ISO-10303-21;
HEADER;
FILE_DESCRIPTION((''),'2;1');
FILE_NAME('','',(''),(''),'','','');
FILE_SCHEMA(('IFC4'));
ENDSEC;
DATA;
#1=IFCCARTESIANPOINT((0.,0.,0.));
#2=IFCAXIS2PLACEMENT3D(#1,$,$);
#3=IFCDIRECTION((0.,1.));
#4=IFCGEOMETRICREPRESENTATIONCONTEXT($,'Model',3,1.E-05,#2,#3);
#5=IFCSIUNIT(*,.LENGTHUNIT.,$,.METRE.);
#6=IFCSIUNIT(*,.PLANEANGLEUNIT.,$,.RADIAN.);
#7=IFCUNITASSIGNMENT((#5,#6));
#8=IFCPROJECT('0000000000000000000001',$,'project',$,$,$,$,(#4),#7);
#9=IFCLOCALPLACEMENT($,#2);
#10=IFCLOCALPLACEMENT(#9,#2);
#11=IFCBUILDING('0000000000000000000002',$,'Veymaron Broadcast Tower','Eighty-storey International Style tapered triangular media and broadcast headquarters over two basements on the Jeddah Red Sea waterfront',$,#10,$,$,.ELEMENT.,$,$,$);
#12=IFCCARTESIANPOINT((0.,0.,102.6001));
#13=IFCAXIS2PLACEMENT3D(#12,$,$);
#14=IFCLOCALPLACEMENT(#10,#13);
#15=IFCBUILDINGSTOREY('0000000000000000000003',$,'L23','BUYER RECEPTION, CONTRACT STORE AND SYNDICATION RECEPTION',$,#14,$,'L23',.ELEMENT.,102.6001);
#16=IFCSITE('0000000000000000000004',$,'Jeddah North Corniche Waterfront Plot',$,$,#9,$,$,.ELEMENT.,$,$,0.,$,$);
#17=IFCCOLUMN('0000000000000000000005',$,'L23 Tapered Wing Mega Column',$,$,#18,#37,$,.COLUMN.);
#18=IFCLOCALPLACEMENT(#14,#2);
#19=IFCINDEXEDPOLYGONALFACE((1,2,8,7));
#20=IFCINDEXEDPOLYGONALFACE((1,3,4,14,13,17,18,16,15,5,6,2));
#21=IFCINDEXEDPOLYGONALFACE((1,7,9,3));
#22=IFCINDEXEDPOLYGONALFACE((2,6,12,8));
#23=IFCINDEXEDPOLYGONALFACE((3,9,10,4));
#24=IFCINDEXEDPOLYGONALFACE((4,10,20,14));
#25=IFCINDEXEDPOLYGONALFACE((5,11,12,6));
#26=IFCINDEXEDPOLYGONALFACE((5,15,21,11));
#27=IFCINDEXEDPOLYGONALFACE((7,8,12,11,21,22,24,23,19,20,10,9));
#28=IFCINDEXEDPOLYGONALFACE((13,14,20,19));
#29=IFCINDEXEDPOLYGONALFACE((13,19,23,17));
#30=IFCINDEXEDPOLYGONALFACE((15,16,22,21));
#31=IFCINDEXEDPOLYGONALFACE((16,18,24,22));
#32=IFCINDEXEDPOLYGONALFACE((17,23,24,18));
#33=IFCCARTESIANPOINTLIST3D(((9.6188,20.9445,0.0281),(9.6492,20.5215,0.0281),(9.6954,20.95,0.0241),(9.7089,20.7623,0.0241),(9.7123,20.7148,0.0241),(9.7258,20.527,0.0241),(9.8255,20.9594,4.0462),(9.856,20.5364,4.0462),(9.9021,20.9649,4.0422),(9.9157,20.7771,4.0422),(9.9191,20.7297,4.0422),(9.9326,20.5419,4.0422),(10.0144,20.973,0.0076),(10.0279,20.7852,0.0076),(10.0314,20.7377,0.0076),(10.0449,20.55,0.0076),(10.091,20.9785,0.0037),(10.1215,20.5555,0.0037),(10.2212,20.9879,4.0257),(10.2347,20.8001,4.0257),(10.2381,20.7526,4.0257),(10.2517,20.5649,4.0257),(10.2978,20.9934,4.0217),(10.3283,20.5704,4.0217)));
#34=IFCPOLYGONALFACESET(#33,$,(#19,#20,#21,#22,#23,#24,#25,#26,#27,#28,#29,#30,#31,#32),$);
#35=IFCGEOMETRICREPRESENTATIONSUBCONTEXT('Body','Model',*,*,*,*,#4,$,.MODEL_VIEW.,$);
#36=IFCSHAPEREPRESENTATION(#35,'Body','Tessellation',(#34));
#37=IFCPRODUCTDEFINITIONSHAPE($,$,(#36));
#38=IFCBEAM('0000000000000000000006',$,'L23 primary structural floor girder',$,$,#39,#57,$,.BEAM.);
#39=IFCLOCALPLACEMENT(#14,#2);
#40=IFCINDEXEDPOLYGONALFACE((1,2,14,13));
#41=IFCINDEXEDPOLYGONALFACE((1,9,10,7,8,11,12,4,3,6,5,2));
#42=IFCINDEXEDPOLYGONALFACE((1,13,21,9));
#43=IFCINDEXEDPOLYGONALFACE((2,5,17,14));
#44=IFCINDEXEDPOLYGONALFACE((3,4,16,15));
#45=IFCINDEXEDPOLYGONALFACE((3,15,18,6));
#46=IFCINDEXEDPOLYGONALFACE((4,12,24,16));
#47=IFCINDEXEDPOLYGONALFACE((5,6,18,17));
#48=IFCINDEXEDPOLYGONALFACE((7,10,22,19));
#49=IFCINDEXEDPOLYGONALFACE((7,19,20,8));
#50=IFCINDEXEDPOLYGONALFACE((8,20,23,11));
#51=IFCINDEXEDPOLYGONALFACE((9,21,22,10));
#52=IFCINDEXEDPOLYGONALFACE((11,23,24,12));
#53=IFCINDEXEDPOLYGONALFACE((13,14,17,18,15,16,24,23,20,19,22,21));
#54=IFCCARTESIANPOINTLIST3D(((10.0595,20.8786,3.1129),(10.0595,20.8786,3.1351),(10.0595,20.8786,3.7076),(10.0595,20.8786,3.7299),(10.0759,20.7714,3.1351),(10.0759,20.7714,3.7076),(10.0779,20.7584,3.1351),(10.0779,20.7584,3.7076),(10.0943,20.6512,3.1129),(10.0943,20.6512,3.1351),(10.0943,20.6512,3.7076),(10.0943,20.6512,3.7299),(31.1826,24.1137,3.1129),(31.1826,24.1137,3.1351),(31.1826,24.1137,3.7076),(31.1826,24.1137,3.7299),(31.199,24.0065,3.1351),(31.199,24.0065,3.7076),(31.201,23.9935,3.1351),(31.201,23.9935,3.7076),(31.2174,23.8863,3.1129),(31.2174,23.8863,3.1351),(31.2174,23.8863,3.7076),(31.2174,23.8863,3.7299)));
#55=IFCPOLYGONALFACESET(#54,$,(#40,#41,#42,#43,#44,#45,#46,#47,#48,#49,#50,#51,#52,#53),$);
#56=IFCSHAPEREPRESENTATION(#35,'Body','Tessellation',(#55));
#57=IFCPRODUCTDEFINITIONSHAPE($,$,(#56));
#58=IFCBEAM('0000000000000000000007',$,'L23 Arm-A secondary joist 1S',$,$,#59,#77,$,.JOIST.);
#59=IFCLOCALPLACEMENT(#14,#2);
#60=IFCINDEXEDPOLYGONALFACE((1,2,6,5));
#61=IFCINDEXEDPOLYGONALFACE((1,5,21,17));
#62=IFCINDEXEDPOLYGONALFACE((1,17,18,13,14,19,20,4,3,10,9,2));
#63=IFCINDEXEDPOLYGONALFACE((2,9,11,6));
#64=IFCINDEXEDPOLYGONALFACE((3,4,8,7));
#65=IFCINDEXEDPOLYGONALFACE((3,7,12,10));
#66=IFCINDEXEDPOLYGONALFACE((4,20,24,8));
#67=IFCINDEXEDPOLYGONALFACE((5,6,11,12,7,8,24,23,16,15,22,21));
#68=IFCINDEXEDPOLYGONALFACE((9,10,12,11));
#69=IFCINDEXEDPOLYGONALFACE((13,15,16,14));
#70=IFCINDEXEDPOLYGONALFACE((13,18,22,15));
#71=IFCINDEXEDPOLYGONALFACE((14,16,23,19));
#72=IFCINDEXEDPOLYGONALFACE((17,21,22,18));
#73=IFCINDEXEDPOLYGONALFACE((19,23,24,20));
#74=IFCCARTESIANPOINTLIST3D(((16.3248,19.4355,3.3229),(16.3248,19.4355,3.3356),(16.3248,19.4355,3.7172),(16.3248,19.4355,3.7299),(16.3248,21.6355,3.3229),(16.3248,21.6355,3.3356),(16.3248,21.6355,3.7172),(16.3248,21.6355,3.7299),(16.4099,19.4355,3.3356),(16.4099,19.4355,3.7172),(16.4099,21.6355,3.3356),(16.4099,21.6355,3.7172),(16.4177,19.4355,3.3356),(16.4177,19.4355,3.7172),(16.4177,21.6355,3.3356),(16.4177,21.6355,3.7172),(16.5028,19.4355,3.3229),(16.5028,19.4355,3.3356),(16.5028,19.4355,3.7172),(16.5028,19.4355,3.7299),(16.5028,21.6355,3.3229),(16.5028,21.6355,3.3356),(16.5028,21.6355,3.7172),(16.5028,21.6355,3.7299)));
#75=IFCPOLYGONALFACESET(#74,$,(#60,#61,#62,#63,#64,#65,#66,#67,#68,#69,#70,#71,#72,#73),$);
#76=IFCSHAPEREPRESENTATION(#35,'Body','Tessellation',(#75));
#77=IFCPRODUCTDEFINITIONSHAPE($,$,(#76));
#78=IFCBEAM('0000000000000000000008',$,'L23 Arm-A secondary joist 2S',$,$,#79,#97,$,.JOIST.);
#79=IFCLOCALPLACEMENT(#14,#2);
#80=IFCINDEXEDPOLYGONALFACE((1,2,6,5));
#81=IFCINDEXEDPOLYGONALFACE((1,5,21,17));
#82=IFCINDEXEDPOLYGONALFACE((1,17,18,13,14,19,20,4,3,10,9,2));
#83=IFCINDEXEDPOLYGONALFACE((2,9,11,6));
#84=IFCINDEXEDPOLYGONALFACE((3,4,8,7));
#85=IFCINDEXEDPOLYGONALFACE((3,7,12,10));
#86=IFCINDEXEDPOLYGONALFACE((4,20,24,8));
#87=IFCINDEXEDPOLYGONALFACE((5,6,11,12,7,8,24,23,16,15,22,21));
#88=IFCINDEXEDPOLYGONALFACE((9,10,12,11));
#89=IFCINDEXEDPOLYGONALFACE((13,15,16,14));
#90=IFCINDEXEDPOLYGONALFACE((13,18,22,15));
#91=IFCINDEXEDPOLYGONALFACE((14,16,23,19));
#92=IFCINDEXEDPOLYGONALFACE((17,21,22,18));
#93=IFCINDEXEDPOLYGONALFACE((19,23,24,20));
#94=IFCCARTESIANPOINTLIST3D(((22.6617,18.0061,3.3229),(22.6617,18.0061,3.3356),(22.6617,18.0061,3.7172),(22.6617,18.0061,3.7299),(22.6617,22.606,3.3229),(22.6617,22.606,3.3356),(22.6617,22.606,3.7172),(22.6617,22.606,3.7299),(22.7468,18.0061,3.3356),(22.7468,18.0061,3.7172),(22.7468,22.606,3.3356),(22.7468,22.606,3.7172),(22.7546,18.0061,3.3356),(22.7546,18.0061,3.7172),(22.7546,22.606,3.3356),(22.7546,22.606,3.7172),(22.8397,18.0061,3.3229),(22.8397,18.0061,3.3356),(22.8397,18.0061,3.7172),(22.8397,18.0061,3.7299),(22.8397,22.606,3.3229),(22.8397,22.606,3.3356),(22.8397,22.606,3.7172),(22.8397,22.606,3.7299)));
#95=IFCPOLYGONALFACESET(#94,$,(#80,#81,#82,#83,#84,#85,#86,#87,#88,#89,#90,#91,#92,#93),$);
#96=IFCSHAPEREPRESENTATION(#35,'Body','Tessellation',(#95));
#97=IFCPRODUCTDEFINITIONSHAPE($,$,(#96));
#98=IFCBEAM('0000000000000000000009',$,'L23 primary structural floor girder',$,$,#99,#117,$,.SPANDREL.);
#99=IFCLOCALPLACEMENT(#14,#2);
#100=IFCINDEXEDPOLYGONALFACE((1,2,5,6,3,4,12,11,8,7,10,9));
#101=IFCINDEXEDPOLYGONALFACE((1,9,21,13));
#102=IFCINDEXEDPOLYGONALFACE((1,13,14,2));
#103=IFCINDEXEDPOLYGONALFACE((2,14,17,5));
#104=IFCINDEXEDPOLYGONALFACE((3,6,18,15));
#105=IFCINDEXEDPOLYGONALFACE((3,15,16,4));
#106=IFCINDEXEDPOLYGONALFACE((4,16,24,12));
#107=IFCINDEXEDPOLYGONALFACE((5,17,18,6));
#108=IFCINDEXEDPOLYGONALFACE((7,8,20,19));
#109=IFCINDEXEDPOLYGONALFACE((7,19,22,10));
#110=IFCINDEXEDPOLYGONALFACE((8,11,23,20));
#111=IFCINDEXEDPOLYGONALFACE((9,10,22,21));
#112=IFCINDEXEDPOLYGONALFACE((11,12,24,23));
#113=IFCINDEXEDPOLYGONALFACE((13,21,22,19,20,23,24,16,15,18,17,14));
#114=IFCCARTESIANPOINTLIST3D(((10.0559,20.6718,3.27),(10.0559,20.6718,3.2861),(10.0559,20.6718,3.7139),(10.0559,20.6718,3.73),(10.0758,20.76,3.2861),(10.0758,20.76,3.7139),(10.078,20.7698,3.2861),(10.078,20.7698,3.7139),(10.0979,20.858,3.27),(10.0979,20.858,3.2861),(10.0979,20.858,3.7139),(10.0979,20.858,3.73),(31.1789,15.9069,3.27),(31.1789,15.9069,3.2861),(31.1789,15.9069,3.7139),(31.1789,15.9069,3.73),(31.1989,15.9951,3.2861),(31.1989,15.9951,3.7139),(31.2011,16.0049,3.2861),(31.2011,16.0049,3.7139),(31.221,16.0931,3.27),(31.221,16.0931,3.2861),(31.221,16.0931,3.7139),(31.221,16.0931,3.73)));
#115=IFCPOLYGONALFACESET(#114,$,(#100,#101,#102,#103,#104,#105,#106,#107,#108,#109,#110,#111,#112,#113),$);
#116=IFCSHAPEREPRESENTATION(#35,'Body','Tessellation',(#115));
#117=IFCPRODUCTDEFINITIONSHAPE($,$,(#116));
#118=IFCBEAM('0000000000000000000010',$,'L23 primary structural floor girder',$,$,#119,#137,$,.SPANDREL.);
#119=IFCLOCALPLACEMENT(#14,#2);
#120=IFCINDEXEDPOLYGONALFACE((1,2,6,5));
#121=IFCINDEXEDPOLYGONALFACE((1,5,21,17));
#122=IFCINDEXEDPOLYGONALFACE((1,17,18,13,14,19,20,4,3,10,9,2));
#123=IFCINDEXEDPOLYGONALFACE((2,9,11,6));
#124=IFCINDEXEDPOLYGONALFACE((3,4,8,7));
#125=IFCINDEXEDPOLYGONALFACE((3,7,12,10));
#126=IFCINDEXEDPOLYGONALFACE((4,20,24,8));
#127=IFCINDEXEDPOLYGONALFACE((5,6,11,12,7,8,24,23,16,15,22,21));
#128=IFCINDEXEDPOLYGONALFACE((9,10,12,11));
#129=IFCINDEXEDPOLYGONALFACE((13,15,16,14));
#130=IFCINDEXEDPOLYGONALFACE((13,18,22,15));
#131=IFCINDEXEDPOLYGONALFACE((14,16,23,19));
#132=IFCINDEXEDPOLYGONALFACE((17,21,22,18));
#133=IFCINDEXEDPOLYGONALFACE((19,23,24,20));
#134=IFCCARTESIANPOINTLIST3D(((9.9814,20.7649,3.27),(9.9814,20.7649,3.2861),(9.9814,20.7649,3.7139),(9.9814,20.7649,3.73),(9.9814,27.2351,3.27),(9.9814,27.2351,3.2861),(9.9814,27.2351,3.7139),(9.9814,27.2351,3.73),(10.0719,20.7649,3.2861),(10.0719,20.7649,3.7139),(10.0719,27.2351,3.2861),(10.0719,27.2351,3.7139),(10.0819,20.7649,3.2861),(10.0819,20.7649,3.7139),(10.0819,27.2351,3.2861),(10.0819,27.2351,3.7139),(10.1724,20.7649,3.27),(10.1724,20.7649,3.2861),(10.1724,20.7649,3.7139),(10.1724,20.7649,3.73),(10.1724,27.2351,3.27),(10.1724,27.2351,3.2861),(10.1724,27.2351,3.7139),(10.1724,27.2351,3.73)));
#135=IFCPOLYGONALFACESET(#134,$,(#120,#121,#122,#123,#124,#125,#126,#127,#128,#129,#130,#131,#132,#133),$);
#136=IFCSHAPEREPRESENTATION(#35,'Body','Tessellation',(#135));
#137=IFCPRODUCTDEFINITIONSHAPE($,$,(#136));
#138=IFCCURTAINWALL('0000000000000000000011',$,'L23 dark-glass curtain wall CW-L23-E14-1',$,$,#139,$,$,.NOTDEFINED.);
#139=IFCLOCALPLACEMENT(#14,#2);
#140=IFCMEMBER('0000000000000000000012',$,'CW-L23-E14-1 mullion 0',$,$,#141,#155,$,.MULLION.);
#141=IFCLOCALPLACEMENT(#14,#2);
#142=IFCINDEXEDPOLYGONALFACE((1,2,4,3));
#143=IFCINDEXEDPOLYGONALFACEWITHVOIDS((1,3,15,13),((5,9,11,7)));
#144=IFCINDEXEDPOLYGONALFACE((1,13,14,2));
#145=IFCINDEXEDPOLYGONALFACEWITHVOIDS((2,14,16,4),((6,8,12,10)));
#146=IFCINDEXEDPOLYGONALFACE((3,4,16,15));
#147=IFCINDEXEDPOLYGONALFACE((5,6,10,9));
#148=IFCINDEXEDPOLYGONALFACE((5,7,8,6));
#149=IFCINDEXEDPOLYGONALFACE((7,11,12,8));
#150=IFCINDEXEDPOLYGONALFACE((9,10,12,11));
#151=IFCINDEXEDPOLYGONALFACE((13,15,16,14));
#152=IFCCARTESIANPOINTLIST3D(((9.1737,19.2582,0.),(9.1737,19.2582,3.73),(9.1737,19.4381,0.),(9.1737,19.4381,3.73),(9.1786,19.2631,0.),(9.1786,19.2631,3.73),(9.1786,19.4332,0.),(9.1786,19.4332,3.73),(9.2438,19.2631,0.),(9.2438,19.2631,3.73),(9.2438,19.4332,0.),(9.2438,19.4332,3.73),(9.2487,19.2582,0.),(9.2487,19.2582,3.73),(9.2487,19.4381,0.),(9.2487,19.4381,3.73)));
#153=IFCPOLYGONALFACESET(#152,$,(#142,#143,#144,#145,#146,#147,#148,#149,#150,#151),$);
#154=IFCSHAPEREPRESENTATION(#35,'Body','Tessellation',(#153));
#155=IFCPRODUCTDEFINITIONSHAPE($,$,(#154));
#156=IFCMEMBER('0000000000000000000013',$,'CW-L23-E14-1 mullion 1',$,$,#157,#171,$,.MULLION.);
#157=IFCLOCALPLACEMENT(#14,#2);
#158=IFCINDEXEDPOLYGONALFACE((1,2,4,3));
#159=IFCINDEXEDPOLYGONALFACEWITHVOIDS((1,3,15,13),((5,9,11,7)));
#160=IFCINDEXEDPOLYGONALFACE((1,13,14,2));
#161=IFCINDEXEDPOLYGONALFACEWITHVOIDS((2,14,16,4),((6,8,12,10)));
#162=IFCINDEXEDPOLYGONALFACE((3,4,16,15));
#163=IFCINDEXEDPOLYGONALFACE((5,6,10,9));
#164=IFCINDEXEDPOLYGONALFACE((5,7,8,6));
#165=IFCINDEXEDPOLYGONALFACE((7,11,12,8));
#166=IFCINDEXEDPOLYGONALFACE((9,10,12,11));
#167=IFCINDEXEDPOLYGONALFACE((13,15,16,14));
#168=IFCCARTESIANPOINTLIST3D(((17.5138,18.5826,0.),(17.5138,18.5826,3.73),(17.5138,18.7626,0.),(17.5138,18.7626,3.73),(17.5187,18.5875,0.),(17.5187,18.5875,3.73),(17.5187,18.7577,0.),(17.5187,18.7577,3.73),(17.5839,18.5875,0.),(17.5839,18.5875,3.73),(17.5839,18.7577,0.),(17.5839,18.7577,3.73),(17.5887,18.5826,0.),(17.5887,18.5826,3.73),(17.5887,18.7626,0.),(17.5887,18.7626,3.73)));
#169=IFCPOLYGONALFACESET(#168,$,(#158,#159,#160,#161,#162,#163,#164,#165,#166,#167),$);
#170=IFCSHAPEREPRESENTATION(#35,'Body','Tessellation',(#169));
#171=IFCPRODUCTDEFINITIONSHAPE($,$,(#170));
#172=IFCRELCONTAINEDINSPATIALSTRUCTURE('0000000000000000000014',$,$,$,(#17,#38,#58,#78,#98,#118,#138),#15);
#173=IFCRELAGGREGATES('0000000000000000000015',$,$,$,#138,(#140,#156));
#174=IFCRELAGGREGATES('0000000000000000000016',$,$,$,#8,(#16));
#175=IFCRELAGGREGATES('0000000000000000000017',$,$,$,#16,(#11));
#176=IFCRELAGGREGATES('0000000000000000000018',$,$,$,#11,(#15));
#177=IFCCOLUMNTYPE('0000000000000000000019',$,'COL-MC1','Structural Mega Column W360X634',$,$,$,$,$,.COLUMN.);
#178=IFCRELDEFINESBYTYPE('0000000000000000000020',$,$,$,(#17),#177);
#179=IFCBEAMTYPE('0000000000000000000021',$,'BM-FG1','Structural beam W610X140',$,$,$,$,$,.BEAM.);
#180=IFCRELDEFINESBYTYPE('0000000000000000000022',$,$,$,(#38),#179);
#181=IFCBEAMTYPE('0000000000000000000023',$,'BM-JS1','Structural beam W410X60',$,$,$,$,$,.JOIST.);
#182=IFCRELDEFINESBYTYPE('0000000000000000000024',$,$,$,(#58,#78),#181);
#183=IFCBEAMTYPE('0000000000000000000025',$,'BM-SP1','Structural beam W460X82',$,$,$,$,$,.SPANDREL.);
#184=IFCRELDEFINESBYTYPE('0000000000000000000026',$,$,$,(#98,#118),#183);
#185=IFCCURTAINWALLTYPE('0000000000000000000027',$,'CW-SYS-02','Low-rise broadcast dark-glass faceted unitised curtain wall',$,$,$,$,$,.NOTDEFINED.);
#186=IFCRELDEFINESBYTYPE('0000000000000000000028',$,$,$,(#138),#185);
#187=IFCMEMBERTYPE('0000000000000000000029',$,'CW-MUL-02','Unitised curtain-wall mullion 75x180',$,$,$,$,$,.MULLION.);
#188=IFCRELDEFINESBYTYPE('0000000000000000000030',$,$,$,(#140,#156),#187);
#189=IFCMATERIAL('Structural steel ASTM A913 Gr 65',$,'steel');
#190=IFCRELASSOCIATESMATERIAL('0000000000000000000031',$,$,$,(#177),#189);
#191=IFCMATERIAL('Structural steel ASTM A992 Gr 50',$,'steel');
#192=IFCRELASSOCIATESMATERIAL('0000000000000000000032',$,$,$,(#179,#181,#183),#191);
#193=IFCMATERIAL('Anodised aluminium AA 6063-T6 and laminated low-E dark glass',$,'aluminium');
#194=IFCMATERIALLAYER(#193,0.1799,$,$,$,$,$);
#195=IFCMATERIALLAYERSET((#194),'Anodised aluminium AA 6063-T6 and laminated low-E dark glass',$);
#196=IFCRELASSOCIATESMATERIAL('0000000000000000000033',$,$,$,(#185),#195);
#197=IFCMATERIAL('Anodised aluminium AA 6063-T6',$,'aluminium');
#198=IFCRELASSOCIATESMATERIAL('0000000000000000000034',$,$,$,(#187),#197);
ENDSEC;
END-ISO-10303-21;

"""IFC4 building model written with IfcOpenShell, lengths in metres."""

from ifc_helpers import new_model, si_unit, direction, frame, origin, origin_2d, place, context, subcontext, project, spatial, hollow_rectangle, i_section, extrude, material, layer, layer_set, material_profile, profile_set, type_object, element, aggregate, save


model = new_model("IFC4")

# Units and contexts
model_context = context("Model", 3, precision=1e-05, world=origin(), true_north=direction((0.0, 1.0)))
body_context = subcontext(model_context, "Body", "Model", "MODEL_VIEW")
ifc_project = project(units=[si_unit("LENGTHUNIT", "METRE"), si_unit("PLANEANGLEUNIT", "RADIAN")], contexts=[model_context])

# Site, building, storey
site_placement = place(None, origin())
site = spatial("IfcSite", under=ifc_project, at=site_placement, Name="Jeddah North Corniche Waterfront Plot", CompositionType="ELEMENT", RefElevation=0.0)
building_placement = place(site_placement, origin())
building = spatial("IfcBuilding", under=site, at=building_placement, Name="Veymaron Broadcast Tower", Description="Eighty-storey International Style tapered triangular media and broadcast headquarters over two basements on the Jeddah Red Sea waterfront", CompositionType="ELEMENT")
storey_placement = place(building_placement, frame((0.0, 0.0, 102.6001)))
storey = spatial("IfcBuildingStorey", under=building, at=storey_placement, Name="L23", Description="BUYER RECEPTION, CONTRACT STORE AND SYNDICATION RECEPTION", LongName="L23", CompositionType="ELEMENT", Elevation=102.6001)

# Column
ifc_material_1 = material(Name="Structural steel ASTM A913 Gr 65", Category="steel")
ifc_material_profile_1 = material_profile(ifc_material_1, i_section(OverallWidth=0.4241, OverallDepth=0.4741, WebThickness=0.0476, FlangeThickness=0.0769, at=origin_2d()), Name="W360X634")
ifc_profile_set_1 = profile_set([ifc_material_profile_1], Name="Structural steel ASTM A913 Gr 65")
column_type = type_object("IfcColumnType", Name="COL-MC1", Description="Structural Mega Column W360X634", PredefinedType="COLUMN", material=ifc_profile_set_1)
column_placement = place(storey_placement, frame((9.8701, 20.75, 0.0159), z_axis=(0.051396, 0.003701, 0.998671), x_axis=(-0.071833, 0.997417, 0.0)))
element("IfcColumn", 1, at=column_placement, inside=storey, type_object=column_type, Name="L23 Tapered Wing Mega Column", PredefinedType="COLUMN", context=body_context, shape_type="SweptSolid", body=[
    extrude(i_section(OverallWidth=0.4241, OverallDepth=0.4741, WebThickness=0.0476, FlangeThickness=0.0769, at=origin_2d()), origin(), (0.0, 0.0, 1.0), 4.0234),
])

# Beams
ifc_material_2 = material(Name="Structural steel ASTM A992 Gr 50", Category="steel")
ifc_material_profile_2 = material_profile(ifc_material_2, i_section(OverallWidth=0.23, OverallDepth=0.6169, WebThickness=0.0132, FlangeThickness=0.0222, at=origin_2d()), Name="W610X140")
ifc_profile_set_2 = profile_set([ifc_material_profile_2], Name="Structural steel ASTM A992 Gr 50")
beam_type_1 = type_object("IfcBeamType", Name="BM-FG1", Description="Structural beam W610X140", PredefinedType="BEAM", material=ifc_profile_set_2)
beam_1_placement = place(storey_placement, frame((10.0769, 20.7649, 3.4214), z_axis=(0.988474, 0.15139, 0.0), x_axis=(-0.15139, 0.988474, 0.0)))
element("IfcBeam", 2, at=beam_1_placement, inside=storey, type_object=beam_type_1, Name="L23 primary structural floor girder", PredefinedType="BEAM", context=body_context, shape_type="SweptSolid", body=[
    extrude(i_section(OverallWidth=0.23, OverallDepth=0.6169, WebThickness=0.0132, FlangeThickness=0.0222, at=origin_2d()), origin(), (0.0, 0.0, 1.0), 21.3694),
])
ifc_material_profile_3 = material_profile(ifc_material_2, i_section(OverallWidth=0.178, OverallDepth=0.407, WebThickness=0.0078, FlangeThickness=0.0127, at=origin_2d()), Name="W410X60")
ifc_profile_set_3 = profile_set([ifc_material_profile_3], Name="Structural steel ASTM A992 Gr 50")
beam_type_2 = type_object("IfcBeamType", Name="BM-JS1", Description="Structural beam W410X60", PredefinedType="JOIST", material=ifc_profile_set_3)
beam_2_placement = place(storey_placement, frame((16.4138, 19.4355, 3.5264), z_axis=(0.0, 1.0, 0.0), x_axis=(-1.0, 0.0, 0.0)))
element("IfcBeam", 3, at=beam_2_placement, inside=storey, type_object=beam_type_2, Name="L23 Arm-A secondary joist 1S", PredefinedType="JOIST", context=body_context, shape_type="SweptSolid", body=[
    extrude(i_section(OverallWidth=0.178, OverallDepth=0.407, WebThickness=0.0078, FlangeThickness=0.0127, at=origin_2d()), origin(), (0.0, 0.0, 1.0), 2.2),
])
beam_3_placement = place(storey_placement, frame((22.7507, 18.0061, 3.5264), z_axis=(0.0, 1.0, 0.0), x_axis=(-1.0, 0.0, 0.0)))
element("IfcBeam", 4, at=beam_3_placement, inside=storey, type_object=beam_type_2, Name="L23 Arm-A secondary joist 2S", PredefinedType="JOIST", context=body_context, shape_type="SweptSolid", body=[
    extrude(i_section(OverallWidth=0.178, OverallDepth=0.407, WebThickness=0.0078, FlangeThickness=0.0127, at=origin_2d()), origin(), (0.0, 0.0, 1.0), 4.5999),
])
ifc_material_profile_4 = material_profile(ifc_material_2, i_section(OverallWidth=0.1909, OverallDepth=0.46, WebThickness=0.01, FlangeThickness=0.0161, at=origin_2d()), Name="W460X82")
ifc_profile_set_4 = profile_set([ifc_material_profile_4], Name="Structural steel ASTM A992 Gr 50")
beam_type_3 = type_object("IfcBeamType", Name="BM-SP1", Description="Structural beam W460X82", PredefinedType="SPANDREL", material=ifc_profile_set_4)
beam_4_placement = place(storey_placement, frame((10.0769, 20.7649, 3.5), z_axis=(0.975489, -0.220049, 0.0), x_axis=(0.220049, 0.975489, 0.0)))
element("IfcBeam", 5, at=beam_4_placement, inside=storey, type_object=beam_type_3, Name="L23 primary structural floor girder", PredefinedType="SPANDREL", context=body_context, shape_type="SweptSolid", body=[
    extrude(i_section(OverallWidth=0.1909, OverallDepth=0.46, WebThickness=0.01, FlangeThickness=0.0161, at=origin_2d()), origin(), (0.0, 0.0, 1.0), 21.6538),
])
beam_5_placement = place(storey_placement, frame((10.0769, 20.7649, 3.5), z_axis=(0.0, 1.0, 0.0), x_axis=(-1.0, 0.0, 0.0)))
element("IfcBeam", 6, at=beam_5_placement, inside=storey, type_object=beam_type_3, Name="L23 primary structural floor girder", PredefinedType="SPANDREL", context=body_context, shape_type="SweptSolid", body=[
    extrude(i_section(OverallWidth=0.1909, OverallDepth=0.46, WebThickness=0.01, FlangeThickness=0.0161, at=origin_2d()), origin(), (0.0, 0.0, 1.0), 6.4702),
])

# Curtain wall, members
ifc_material_3 = material(Name="Anodised aluminium AA 6063-T6 and laminated low-E dark glass", Category="aluminium")
ifc_layer_1 = layer(ifc_material_3, 0.1799)
ifc_layer_set_1 = layer_set([ifc_layer_1], Name="Anodised aluminium AA 6063-T6 and laminated low-E dark glass")
curtain_wall_type = type_object("IfcCurtainWallType", Name="CW-SYS-02", Description="Low-rise broadcast dark-glass faceted unitised curtain wall", PredefinedType="NOTDEFINED", material=ifc_layer_set_1)
curtain_wall_placement = place(storey_placement, origin())
curtain_wall = element("IfcCurtainWall", 7, at=curtain_wall_placement, inside=storey, type_object=curtain_wall_type, Name="L23 dark-glass curtain wall CW-L23-E14-1", PredefinedType="NOTDEFINED")
ifc_material_4 = material(Name="Anodised aluminium AA 6063-T6", Category="aluminium")
ifc_material_profile_5 = material_profile(ifc_material_4, hollow_rectangle(XDim=0.075, YDim=0.1799, WallThickness=0.0049, at=origin_2d()), Name="AL180X75X5")
ifc_profile_set_5 = profile_set([ifc_material_profile_5], Name="Anodised aluminium AA 6063-T6")
member_type_1 = type_object("IfcMemberType", Name="CW-MUL-02", Description="Unitised curtain-wall mullion 75x180", PredefinedType="MULLION", material=ifc_profile_set_5)
member_1_placement = place(storey_placement, frame((9.2112, 19.3481, 0.0), z_axis=(0.0, 0.0, 1.0), x_axis=(1.0, 0.0, 0.0)))
member_1 = element("IfcMember", 8, at=member_1_placement, type_object=member_type_1, Name="CW-L23-E14-1 mullion 0", PredefinedType="MULLION", context=body_context, shape_type="SweptSolid", body=[
    extrude(hollow_rectangle(XDim=0.075, YDim=0.1799, WallThickness=0.0049, at=origin_2d()), origin(), (0.0, 0.0, 1.0), 3.73),
])
member_2_placement = place(storey_placement, frame((17.5513, 18.6726, 0.0), z_axis=(0.0, 0.0, 1.0), x_axis=(1.0, 0.0, 0.0)))
member_2 = element("IfcMember", 9, at=member_2_placement, type_object=member_type_1, Name="CW-L23-E14-1 mullion 1", PredefinedType="MULLION", context=body_context, shape_type="SweptSolid", body=[
    extrude(hollow_rectangle(XDim=0.075, YDim=0.1799, WallThickness=0.0049, at=origin_2d()), origin(), (0.0, 0.0, 1.0), 3.73),
])
aggregate(curtain_wall, [member_1, member_2])

save(model, "model.ifc")
